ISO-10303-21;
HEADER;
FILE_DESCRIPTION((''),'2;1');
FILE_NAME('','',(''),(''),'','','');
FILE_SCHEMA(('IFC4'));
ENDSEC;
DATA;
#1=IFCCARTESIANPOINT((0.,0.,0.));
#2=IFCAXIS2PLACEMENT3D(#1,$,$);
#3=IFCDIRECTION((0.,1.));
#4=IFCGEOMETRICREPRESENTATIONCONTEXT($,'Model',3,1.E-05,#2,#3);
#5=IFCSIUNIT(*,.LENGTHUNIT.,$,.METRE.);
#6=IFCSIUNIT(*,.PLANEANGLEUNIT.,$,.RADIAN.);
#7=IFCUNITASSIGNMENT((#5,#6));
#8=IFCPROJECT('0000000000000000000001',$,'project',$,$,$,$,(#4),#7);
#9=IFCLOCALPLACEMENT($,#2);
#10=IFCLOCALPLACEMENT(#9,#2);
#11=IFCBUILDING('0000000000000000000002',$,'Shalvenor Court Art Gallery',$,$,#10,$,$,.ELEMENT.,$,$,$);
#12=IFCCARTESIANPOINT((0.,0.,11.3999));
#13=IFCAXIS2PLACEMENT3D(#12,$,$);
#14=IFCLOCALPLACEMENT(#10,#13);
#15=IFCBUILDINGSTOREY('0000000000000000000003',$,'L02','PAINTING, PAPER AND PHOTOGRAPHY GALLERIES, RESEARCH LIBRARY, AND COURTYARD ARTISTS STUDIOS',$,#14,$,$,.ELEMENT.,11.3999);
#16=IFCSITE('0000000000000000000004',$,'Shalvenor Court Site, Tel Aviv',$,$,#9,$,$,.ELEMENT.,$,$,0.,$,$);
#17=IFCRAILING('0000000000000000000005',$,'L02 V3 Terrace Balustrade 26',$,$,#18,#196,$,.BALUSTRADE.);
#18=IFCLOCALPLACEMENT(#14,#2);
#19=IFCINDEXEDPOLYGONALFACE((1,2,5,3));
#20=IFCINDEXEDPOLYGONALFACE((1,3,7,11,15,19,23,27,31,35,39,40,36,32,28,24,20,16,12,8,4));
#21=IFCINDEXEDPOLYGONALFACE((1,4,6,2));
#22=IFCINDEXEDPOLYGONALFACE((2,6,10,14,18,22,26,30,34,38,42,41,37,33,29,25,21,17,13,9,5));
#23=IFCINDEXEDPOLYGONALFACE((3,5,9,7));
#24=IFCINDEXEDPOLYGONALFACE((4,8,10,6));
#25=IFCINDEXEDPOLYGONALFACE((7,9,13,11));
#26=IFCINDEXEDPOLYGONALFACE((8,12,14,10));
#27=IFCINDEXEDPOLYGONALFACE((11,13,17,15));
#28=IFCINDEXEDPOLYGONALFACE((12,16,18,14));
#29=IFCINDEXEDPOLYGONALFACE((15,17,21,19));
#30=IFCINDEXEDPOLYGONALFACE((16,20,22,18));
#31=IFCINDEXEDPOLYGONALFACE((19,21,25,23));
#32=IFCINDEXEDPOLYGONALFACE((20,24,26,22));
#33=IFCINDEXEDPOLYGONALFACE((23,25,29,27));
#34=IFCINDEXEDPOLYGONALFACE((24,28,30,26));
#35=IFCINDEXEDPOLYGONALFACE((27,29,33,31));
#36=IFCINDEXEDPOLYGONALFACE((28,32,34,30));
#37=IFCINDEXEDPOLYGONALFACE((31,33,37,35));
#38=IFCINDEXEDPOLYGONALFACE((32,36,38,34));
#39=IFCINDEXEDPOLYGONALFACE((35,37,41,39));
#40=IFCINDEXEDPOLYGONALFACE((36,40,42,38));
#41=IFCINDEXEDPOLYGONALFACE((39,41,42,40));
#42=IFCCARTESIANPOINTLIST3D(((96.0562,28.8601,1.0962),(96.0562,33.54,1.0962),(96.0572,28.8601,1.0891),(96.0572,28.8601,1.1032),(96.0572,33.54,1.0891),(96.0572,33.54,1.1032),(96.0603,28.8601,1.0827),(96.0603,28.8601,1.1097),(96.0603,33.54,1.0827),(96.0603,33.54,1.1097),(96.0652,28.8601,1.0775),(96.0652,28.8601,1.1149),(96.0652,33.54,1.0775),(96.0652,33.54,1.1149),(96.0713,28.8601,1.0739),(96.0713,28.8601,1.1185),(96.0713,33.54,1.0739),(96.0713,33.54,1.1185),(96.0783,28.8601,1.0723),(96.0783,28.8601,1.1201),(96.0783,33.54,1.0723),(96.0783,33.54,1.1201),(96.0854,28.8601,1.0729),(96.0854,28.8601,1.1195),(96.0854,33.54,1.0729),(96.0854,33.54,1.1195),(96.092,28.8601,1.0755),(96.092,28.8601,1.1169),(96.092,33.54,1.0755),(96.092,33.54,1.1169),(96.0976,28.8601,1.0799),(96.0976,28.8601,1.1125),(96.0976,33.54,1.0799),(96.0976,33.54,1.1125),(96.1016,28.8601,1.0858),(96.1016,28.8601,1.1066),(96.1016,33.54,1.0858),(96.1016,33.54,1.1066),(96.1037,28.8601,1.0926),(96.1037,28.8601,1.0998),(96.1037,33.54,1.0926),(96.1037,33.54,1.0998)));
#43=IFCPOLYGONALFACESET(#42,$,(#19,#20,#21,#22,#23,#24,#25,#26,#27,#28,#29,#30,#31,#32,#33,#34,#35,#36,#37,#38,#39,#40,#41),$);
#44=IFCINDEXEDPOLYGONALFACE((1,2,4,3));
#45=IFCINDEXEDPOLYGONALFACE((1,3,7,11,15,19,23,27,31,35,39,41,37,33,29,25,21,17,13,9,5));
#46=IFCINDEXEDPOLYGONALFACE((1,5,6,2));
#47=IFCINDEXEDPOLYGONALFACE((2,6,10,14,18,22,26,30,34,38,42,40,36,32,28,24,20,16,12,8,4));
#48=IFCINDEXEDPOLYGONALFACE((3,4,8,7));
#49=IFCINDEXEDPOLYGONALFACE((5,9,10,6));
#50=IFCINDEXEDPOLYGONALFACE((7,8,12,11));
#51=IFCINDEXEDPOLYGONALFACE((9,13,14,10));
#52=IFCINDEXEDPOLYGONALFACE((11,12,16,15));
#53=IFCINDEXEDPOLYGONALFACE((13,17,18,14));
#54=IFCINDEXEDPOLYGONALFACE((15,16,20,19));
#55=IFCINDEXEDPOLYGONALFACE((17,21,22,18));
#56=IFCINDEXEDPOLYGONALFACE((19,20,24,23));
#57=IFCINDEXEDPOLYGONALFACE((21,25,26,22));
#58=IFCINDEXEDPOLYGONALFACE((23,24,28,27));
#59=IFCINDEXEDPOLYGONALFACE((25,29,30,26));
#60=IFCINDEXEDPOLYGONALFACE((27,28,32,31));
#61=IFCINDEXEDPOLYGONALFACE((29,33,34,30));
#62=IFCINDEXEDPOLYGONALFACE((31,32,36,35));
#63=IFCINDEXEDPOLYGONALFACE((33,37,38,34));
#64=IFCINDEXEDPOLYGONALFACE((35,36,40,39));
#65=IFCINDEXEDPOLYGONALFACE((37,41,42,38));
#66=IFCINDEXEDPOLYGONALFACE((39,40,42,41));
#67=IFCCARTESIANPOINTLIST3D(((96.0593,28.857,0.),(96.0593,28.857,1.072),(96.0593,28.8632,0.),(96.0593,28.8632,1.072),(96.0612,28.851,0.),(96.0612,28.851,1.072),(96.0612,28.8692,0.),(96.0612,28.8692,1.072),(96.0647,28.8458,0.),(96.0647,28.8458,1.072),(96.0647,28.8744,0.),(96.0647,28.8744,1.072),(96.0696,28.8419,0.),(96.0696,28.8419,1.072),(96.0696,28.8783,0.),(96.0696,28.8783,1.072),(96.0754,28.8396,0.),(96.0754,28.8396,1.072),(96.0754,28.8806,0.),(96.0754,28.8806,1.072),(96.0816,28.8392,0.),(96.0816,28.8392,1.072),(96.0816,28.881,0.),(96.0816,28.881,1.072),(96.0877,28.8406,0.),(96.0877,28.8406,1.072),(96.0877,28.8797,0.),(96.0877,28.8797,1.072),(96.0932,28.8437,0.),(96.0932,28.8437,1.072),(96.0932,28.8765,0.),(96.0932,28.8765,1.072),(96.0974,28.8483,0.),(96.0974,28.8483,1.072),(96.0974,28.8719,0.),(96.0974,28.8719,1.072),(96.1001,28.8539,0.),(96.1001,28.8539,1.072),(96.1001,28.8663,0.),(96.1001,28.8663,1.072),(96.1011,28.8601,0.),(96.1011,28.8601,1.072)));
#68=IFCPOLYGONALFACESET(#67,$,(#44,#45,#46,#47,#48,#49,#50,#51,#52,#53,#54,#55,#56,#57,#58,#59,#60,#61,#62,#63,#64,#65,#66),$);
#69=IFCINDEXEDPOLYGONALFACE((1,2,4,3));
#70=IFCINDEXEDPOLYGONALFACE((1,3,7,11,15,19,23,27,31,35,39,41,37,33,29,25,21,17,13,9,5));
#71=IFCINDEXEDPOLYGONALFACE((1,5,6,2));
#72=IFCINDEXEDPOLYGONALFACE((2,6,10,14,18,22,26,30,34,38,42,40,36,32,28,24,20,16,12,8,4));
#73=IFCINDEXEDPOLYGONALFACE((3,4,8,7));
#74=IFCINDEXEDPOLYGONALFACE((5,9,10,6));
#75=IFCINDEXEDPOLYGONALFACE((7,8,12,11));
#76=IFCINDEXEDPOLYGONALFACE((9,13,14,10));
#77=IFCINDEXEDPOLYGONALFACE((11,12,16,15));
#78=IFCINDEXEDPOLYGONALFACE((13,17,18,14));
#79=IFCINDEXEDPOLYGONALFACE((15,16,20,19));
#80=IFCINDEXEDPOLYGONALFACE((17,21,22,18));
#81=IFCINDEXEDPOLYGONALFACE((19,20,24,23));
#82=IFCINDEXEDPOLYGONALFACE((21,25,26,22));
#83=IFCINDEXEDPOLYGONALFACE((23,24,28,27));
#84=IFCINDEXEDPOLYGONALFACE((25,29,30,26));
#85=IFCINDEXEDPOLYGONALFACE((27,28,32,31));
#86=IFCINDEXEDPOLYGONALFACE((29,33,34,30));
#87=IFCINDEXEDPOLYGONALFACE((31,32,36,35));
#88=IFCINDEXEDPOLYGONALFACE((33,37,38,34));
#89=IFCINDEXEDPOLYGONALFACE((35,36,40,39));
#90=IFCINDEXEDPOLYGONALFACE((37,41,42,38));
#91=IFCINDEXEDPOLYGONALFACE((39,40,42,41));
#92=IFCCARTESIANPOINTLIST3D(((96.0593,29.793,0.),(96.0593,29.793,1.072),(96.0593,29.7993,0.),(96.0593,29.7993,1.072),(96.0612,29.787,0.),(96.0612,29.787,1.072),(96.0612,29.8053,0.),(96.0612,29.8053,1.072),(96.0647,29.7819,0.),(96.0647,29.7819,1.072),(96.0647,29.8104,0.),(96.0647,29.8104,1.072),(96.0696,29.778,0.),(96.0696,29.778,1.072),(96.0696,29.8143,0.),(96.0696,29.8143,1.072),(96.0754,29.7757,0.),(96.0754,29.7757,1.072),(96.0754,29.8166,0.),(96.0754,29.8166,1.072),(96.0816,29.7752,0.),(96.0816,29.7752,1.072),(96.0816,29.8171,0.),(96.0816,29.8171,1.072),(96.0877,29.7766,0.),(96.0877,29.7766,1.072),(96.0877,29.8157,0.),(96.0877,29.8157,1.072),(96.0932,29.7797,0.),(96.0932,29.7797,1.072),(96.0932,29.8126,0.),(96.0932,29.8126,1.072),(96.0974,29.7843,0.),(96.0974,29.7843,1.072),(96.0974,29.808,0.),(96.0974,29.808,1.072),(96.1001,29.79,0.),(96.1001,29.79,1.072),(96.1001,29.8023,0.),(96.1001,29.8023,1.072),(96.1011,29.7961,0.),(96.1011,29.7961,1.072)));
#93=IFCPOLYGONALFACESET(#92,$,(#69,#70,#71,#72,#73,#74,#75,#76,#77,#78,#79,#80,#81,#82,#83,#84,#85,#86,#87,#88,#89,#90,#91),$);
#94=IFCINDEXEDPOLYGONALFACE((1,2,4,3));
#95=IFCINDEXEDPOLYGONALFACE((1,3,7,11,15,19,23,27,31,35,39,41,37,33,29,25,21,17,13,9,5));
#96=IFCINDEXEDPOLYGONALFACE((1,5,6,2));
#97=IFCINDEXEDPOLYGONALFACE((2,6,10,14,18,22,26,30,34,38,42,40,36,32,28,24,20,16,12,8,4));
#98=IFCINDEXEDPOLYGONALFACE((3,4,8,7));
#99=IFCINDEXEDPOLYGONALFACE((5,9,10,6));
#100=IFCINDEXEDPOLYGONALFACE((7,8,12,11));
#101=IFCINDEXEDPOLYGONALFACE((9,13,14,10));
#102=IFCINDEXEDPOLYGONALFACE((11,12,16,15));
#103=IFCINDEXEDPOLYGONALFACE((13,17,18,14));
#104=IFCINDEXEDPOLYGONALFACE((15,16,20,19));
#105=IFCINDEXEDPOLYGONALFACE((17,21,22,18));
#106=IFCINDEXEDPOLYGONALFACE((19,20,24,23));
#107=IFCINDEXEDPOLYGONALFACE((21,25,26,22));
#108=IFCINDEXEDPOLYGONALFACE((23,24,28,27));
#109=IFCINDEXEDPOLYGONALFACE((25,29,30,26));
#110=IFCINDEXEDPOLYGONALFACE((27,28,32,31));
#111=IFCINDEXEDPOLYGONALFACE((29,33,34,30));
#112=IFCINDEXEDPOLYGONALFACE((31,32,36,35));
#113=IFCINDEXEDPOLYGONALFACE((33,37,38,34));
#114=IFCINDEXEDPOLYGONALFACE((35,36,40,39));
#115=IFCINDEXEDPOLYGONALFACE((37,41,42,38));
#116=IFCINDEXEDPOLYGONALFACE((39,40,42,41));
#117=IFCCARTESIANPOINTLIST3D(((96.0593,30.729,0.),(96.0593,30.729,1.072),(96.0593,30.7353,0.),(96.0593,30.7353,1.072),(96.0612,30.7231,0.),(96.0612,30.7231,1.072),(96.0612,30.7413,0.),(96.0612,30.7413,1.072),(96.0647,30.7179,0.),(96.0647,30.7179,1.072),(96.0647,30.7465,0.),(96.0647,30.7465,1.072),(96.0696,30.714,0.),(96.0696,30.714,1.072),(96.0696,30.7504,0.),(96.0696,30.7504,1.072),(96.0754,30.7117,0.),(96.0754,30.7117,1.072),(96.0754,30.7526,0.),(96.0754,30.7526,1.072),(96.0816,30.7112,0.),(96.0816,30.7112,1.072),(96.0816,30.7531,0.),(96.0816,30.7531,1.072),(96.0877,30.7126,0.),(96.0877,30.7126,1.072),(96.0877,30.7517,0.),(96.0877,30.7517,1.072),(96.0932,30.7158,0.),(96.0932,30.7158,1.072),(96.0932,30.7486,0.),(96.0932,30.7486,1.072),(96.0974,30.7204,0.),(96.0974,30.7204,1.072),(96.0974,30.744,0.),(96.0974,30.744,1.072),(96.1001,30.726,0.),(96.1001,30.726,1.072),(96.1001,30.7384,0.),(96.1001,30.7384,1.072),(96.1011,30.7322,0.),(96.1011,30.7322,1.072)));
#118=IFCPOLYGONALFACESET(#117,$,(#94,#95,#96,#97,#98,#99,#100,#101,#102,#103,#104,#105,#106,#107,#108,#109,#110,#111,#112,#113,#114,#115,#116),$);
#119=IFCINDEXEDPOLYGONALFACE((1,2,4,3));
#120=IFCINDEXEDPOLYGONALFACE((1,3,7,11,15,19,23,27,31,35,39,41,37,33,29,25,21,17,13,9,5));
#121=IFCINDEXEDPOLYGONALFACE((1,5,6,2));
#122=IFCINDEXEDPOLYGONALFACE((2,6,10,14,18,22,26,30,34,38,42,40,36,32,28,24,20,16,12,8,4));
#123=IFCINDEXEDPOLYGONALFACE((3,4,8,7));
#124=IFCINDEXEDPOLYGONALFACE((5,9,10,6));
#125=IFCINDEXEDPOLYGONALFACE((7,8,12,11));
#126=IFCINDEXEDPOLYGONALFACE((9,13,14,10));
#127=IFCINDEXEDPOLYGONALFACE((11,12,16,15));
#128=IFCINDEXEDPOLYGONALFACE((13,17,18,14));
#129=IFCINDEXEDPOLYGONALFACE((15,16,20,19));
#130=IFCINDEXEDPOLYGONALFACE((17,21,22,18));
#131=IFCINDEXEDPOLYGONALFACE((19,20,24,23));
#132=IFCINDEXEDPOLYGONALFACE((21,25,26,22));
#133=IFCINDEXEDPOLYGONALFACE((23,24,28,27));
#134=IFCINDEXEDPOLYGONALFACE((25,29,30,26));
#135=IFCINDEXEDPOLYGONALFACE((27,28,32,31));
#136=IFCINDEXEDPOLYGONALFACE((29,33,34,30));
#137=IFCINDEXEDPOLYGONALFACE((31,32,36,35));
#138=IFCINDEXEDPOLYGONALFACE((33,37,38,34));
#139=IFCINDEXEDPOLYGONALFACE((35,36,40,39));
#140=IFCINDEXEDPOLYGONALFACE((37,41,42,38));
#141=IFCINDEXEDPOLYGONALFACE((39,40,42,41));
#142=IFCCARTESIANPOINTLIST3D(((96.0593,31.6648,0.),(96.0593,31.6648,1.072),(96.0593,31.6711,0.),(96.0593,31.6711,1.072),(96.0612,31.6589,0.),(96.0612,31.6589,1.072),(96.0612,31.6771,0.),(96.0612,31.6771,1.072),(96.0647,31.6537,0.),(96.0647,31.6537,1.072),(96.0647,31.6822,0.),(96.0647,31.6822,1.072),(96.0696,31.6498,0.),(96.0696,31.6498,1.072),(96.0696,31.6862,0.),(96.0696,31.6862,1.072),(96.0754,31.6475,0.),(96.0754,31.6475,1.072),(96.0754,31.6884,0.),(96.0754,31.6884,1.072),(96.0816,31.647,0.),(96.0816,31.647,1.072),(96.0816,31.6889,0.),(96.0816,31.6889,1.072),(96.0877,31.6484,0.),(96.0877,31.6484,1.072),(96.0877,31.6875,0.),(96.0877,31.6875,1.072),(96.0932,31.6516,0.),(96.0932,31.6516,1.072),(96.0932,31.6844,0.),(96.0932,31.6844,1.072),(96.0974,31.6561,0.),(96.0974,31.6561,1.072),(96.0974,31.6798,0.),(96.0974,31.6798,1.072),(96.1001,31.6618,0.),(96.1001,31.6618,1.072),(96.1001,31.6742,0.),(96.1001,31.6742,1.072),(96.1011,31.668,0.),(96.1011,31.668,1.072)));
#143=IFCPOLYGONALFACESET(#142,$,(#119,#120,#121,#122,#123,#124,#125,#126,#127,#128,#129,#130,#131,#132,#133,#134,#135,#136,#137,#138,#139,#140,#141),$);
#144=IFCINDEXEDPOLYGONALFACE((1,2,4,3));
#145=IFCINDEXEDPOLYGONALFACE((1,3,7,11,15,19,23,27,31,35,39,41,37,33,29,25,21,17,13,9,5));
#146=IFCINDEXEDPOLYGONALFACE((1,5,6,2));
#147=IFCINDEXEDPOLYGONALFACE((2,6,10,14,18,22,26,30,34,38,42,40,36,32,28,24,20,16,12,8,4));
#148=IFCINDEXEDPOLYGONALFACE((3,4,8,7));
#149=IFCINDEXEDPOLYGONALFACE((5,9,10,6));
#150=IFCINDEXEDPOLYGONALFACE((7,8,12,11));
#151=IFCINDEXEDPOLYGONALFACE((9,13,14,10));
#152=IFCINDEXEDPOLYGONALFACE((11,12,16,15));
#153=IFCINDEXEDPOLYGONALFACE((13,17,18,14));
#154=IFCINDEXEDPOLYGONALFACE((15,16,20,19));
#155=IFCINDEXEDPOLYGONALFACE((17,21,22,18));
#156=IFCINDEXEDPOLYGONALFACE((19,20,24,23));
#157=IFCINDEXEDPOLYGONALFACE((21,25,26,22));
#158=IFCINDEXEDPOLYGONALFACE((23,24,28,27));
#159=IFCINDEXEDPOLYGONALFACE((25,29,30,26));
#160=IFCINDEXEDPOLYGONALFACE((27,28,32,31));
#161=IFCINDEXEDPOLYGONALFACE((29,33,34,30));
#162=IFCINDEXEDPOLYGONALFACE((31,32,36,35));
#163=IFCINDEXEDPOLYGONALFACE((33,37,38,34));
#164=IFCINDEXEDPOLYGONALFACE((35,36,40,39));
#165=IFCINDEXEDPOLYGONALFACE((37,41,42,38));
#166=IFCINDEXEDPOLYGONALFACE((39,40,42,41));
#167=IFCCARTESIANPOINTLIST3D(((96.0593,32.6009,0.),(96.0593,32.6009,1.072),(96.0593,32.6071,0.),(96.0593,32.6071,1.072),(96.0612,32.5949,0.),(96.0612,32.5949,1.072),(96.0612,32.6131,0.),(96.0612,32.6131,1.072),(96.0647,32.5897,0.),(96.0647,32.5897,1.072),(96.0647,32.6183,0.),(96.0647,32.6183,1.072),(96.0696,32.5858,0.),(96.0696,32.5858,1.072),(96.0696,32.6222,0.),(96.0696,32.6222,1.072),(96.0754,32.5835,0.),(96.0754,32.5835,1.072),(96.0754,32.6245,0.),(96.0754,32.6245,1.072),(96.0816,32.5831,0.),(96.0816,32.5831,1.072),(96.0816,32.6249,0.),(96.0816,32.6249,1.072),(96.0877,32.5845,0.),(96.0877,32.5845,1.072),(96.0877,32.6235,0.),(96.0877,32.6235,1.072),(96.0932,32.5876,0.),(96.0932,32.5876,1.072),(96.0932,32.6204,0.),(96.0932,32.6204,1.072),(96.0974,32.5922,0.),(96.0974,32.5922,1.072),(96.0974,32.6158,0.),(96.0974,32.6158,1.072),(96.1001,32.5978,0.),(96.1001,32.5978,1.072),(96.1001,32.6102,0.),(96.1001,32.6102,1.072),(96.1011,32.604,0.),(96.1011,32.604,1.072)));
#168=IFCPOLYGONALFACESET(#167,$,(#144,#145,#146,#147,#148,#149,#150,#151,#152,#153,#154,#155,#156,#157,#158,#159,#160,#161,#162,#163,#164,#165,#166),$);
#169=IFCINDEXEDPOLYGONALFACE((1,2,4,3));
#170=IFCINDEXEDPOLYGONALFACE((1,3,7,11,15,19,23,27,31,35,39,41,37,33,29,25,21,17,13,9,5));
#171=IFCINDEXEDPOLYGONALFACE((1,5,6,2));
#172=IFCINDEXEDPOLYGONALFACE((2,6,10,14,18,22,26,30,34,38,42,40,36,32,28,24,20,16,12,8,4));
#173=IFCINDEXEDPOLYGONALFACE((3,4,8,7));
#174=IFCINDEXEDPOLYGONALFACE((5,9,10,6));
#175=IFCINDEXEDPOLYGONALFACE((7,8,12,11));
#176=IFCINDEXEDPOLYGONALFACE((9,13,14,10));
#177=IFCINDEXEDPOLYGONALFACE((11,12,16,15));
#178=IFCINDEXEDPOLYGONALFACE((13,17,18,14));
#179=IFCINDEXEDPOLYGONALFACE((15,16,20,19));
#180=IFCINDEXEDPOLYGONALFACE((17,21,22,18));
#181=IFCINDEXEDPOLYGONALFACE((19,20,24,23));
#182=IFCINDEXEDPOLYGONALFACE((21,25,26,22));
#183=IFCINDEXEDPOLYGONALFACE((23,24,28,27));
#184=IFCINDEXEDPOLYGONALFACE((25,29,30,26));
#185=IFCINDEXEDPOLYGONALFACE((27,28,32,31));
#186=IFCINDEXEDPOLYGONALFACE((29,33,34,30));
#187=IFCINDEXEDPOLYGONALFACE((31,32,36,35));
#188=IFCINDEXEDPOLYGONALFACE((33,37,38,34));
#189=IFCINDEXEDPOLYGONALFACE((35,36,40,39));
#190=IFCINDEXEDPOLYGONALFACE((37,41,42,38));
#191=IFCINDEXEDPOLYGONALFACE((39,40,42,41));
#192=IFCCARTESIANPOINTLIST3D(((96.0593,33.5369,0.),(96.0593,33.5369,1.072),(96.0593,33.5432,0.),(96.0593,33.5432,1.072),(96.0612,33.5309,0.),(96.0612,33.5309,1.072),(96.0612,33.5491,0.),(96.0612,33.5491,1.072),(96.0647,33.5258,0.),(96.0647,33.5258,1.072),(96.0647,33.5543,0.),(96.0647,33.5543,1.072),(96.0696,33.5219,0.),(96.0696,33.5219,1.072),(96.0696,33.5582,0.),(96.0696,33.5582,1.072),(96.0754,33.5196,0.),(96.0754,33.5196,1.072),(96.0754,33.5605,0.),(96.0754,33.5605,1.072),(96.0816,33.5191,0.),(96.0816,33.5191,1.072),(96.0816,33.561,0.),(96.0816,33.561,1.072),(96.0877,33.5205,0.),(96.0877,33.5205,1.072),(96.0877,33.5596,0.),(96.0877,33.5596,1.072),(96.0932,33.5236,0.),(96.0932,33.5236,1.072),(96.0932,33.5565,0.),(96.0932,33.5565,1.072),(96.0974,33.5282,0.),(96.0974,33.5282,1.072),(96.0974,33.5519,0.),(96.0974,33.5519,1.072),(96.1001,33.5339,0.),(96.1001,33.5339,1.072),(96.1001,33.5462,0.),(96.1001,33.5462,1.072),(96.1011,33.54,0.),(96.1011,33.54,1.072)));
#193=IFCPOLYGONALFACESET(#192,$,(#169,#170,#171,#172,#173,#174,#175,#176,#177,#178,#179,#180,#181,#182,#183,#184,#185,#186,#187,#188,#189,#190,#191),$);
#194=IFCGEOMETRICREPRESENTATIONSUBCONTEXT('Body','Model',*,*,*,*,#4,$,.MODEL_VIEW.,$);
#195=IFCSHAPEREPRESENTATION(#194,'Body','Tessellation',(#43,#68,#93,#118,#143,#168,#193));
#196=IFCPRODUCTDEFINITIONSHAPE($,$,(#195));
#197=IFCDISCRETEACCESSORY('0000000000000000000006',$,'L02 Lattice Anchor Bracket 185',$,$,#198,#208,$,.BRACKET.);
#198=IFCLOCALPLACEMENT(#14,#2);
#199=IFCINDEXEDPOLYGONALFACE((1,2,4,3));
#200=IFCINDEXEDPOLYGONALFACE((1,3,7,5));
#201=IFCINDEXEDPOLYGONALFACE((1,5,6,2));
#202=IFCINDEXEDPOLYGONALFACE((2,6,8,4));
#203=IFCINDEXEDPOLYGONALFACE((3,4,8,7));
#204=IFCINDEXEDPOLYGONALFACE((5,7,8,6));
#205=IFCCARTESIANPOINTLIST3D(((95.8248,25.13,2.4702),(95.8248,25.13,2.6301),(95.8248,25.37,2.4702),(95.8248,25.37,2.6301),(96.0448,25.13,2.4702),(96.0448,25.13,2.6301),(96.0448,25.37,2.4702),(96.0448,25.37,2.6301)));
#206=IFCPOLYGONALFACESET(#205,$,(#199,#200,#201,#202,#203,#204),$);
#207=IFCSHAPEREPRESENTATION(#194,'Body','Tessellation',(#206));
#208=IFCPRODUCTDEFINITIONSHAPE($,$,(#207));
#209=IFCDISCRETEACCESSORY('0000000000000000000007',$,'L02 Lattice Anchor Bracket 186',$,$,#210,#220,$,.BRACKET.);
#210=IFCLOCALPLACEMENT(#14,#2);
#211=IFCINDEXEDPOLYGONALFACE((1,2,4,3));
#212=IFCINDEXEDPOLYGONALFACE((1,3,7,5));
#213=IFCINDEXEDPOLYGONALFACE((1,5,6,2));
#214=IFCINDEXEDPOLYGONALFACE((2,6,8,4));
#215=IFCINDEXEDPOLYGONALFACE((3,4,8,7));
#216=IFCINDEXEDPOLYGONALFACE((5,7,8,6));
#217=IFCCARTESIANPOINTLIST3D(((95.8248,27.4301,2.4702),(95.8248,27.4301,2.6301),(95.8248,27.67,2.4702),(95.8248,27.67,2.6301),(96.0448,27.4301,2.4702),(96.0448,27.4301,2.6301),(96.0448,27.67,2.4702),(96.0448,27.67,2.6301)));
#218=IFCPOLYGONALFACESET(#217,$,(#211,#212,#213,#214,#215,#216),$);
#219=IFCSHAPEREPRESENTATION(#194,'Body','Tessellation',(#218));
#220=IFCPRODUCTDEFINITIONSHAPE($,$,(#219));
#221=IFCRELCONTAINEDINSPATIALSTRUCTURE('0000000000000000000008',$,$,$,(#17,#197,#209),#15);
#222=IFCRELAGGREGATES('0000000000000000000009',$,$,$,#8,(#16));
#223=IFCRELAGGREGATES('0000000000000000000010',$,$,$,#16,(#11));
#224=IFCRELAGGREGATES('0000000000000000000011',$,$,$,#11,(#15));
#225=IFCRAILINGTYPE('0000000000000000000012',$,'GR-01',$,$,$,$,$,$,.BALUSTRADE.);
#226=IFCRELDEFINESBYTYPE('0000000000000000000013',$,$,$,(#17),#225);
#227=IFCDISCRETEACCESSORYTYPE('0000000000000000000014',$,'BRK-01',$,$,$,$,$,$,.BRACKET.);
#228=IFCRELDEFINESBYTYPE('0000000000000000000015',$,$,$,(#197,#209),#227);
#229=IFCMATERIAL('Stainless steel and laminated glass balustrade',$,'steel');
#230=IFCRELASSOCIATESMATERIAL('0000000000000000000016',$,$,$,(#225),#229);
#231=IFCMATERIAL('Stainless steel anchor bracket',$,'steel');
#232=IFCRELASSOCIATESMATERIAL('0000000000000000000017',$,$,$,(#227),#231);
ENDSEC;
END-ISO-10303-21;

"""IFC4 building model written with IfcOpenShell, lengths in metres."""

from ifc_helpers import new_model, si_unit, direction, frame, origin, origin_2d, place, context, subcontext, project, spatial, rectangle, circle, extrude, material, type_object, element, save


model = new_model("IFC4")

# Units and contexts
model_context = context("Model", 3, precision=1e-05, world=origin(), true_north=direction((0.0, 1.0)))
body_context = subcontext(model_context, "Body", "Model", "MODEL_VIEW")
ifc_project = project(units=[si_unit("LENGTHUNIT", "METRE"), si_unit("PLANEANGLEUNIT", "RADIAN")], contexts=[model_context])

# Site, building, storey
site_placement = place(None, origin())
site = spatial("IfcSite", under=ifc_project, at=site_placement, Name="Shalvenor Court Site, Tel Aviv", CompositionType="ELEMENT", RefElevation=0.0)
building_placement = place(site_placement, origin())
building = spatial("IfcBuilding", under=site, at=building_placement, Name="Shalvenor Court Art Gallery", CompositionType="ELEMENT")
storey_placement = place(building_placement, frame((0.0, 0.0, 11.3999)))
storey = spatial("IfcBuildingStorey", under=building, at=storey_placement, Name="L02", Description="PAINTING, PAPER AND PHOTOGRAPHY GALLERIES, RESEARCH LIBRARY, AND COURTYARD ARTISTS STUDIOS", CompositionType="ELEMENT", Elevation=11.3999)

# Railing
ifc_material_1 = material(Name="Stainless steel and laminated glass balustrade", Category="steel")
railing_type = type_object("IfcRailingType", Name="GR-01", PredefinedType="BALUSTRADE", material=ifc_material_1)
railing_1_placement = place(storey_placement, frame((96.0801, 28.8601, 0.0)))
element("IfcRailing", 1, at=railing_1_placement, inside=storey, type_object=railing_type, Name="L02 V3 Terrace Balustrade 26", PredefinedType="BALUSTRADE", context=body_context, shape_type="SweptSolid", body=[
    extrude(circle(Radius=0.0239, at=origin_2d()), frame((0.0, 0.0, 1.0962), z_axis=(0.0, 1.0, 0.0), x_axis=(-1.0, 0.0, 0.0)), (0.0, 0.0, 1.0), 4.6799),
    extrude(circle(Radius=0.021, at=origin_2d()), origin(), (0.0, 0.0, 1.0), 1.072),
    extrude(circle(Radius=0.021, at=origin_2d()), frame((0.0, 0.936, 0.0)), (0.0, 0.0, 1.0), 1.072),
    extrude(circle(Radius=0.021, at=origin_2d()), frame((0.0, 1.8721, 0.0)), (0.0, 0.0, 1.0), 1.072),
    extrude(circle(Radius=0.021, at=origin_2d()), frame((0.0, 2.8079, 0.0)), (0.0, 0.0, 1.0), 1.072),
    extrude(circle(Radius=0.021, at=origin_2d()), frame((0.0, 3.7439, 0.0)), (0.0, 0.0, 1.0), 1.072),
    extrude(circle(Radius=0.021, at=origin_2d()), frame((0.0, 4.6799, 0.0)), (0.0, 0.0, 1.0), 1.072),
])

# Discrete accessories
ifc_material_2 = material(Name="Stainless steel anchor bracket", Category="steel")
discrete_accessory_type = type_object("IfcDiscreteAccessoryType", Name="BRK-01", PredefinedType="BRACKET", material=ifc_material_2)
for number, where, z_axis, x_axis, name in (
    (2, (95.9348, 25.25, 2.4702), (0.0, 0.0, 1.0), (0.0, 1.0, 0.0), "L02 Lattice Anchor Bracket 185"),
    (3, (95.9348, 27.55, 2.4702), (0.0, 0.0, 1.0), (0.0, 1.0, 0.0), "L02 Lattice Anchor Bracket 186"),
):
    element("IfcDiscreteAccessory", number, at=place(storey_placement, frame(where, z_axis=z_axis, x_axis=x_axis)), inside=storey, type_object=discrete_accessory_type, Name=name, PredefinedType="BRACKET", context=body_context, shape_type="SweptSolid", body=[
        extrude(rectangle(XDim=0.24, YDim=0.22, at=origin_2d()), origin(), (0.0, 0.0, 1.0), 0.1599),
    ])

save(model, "model.ifc")
